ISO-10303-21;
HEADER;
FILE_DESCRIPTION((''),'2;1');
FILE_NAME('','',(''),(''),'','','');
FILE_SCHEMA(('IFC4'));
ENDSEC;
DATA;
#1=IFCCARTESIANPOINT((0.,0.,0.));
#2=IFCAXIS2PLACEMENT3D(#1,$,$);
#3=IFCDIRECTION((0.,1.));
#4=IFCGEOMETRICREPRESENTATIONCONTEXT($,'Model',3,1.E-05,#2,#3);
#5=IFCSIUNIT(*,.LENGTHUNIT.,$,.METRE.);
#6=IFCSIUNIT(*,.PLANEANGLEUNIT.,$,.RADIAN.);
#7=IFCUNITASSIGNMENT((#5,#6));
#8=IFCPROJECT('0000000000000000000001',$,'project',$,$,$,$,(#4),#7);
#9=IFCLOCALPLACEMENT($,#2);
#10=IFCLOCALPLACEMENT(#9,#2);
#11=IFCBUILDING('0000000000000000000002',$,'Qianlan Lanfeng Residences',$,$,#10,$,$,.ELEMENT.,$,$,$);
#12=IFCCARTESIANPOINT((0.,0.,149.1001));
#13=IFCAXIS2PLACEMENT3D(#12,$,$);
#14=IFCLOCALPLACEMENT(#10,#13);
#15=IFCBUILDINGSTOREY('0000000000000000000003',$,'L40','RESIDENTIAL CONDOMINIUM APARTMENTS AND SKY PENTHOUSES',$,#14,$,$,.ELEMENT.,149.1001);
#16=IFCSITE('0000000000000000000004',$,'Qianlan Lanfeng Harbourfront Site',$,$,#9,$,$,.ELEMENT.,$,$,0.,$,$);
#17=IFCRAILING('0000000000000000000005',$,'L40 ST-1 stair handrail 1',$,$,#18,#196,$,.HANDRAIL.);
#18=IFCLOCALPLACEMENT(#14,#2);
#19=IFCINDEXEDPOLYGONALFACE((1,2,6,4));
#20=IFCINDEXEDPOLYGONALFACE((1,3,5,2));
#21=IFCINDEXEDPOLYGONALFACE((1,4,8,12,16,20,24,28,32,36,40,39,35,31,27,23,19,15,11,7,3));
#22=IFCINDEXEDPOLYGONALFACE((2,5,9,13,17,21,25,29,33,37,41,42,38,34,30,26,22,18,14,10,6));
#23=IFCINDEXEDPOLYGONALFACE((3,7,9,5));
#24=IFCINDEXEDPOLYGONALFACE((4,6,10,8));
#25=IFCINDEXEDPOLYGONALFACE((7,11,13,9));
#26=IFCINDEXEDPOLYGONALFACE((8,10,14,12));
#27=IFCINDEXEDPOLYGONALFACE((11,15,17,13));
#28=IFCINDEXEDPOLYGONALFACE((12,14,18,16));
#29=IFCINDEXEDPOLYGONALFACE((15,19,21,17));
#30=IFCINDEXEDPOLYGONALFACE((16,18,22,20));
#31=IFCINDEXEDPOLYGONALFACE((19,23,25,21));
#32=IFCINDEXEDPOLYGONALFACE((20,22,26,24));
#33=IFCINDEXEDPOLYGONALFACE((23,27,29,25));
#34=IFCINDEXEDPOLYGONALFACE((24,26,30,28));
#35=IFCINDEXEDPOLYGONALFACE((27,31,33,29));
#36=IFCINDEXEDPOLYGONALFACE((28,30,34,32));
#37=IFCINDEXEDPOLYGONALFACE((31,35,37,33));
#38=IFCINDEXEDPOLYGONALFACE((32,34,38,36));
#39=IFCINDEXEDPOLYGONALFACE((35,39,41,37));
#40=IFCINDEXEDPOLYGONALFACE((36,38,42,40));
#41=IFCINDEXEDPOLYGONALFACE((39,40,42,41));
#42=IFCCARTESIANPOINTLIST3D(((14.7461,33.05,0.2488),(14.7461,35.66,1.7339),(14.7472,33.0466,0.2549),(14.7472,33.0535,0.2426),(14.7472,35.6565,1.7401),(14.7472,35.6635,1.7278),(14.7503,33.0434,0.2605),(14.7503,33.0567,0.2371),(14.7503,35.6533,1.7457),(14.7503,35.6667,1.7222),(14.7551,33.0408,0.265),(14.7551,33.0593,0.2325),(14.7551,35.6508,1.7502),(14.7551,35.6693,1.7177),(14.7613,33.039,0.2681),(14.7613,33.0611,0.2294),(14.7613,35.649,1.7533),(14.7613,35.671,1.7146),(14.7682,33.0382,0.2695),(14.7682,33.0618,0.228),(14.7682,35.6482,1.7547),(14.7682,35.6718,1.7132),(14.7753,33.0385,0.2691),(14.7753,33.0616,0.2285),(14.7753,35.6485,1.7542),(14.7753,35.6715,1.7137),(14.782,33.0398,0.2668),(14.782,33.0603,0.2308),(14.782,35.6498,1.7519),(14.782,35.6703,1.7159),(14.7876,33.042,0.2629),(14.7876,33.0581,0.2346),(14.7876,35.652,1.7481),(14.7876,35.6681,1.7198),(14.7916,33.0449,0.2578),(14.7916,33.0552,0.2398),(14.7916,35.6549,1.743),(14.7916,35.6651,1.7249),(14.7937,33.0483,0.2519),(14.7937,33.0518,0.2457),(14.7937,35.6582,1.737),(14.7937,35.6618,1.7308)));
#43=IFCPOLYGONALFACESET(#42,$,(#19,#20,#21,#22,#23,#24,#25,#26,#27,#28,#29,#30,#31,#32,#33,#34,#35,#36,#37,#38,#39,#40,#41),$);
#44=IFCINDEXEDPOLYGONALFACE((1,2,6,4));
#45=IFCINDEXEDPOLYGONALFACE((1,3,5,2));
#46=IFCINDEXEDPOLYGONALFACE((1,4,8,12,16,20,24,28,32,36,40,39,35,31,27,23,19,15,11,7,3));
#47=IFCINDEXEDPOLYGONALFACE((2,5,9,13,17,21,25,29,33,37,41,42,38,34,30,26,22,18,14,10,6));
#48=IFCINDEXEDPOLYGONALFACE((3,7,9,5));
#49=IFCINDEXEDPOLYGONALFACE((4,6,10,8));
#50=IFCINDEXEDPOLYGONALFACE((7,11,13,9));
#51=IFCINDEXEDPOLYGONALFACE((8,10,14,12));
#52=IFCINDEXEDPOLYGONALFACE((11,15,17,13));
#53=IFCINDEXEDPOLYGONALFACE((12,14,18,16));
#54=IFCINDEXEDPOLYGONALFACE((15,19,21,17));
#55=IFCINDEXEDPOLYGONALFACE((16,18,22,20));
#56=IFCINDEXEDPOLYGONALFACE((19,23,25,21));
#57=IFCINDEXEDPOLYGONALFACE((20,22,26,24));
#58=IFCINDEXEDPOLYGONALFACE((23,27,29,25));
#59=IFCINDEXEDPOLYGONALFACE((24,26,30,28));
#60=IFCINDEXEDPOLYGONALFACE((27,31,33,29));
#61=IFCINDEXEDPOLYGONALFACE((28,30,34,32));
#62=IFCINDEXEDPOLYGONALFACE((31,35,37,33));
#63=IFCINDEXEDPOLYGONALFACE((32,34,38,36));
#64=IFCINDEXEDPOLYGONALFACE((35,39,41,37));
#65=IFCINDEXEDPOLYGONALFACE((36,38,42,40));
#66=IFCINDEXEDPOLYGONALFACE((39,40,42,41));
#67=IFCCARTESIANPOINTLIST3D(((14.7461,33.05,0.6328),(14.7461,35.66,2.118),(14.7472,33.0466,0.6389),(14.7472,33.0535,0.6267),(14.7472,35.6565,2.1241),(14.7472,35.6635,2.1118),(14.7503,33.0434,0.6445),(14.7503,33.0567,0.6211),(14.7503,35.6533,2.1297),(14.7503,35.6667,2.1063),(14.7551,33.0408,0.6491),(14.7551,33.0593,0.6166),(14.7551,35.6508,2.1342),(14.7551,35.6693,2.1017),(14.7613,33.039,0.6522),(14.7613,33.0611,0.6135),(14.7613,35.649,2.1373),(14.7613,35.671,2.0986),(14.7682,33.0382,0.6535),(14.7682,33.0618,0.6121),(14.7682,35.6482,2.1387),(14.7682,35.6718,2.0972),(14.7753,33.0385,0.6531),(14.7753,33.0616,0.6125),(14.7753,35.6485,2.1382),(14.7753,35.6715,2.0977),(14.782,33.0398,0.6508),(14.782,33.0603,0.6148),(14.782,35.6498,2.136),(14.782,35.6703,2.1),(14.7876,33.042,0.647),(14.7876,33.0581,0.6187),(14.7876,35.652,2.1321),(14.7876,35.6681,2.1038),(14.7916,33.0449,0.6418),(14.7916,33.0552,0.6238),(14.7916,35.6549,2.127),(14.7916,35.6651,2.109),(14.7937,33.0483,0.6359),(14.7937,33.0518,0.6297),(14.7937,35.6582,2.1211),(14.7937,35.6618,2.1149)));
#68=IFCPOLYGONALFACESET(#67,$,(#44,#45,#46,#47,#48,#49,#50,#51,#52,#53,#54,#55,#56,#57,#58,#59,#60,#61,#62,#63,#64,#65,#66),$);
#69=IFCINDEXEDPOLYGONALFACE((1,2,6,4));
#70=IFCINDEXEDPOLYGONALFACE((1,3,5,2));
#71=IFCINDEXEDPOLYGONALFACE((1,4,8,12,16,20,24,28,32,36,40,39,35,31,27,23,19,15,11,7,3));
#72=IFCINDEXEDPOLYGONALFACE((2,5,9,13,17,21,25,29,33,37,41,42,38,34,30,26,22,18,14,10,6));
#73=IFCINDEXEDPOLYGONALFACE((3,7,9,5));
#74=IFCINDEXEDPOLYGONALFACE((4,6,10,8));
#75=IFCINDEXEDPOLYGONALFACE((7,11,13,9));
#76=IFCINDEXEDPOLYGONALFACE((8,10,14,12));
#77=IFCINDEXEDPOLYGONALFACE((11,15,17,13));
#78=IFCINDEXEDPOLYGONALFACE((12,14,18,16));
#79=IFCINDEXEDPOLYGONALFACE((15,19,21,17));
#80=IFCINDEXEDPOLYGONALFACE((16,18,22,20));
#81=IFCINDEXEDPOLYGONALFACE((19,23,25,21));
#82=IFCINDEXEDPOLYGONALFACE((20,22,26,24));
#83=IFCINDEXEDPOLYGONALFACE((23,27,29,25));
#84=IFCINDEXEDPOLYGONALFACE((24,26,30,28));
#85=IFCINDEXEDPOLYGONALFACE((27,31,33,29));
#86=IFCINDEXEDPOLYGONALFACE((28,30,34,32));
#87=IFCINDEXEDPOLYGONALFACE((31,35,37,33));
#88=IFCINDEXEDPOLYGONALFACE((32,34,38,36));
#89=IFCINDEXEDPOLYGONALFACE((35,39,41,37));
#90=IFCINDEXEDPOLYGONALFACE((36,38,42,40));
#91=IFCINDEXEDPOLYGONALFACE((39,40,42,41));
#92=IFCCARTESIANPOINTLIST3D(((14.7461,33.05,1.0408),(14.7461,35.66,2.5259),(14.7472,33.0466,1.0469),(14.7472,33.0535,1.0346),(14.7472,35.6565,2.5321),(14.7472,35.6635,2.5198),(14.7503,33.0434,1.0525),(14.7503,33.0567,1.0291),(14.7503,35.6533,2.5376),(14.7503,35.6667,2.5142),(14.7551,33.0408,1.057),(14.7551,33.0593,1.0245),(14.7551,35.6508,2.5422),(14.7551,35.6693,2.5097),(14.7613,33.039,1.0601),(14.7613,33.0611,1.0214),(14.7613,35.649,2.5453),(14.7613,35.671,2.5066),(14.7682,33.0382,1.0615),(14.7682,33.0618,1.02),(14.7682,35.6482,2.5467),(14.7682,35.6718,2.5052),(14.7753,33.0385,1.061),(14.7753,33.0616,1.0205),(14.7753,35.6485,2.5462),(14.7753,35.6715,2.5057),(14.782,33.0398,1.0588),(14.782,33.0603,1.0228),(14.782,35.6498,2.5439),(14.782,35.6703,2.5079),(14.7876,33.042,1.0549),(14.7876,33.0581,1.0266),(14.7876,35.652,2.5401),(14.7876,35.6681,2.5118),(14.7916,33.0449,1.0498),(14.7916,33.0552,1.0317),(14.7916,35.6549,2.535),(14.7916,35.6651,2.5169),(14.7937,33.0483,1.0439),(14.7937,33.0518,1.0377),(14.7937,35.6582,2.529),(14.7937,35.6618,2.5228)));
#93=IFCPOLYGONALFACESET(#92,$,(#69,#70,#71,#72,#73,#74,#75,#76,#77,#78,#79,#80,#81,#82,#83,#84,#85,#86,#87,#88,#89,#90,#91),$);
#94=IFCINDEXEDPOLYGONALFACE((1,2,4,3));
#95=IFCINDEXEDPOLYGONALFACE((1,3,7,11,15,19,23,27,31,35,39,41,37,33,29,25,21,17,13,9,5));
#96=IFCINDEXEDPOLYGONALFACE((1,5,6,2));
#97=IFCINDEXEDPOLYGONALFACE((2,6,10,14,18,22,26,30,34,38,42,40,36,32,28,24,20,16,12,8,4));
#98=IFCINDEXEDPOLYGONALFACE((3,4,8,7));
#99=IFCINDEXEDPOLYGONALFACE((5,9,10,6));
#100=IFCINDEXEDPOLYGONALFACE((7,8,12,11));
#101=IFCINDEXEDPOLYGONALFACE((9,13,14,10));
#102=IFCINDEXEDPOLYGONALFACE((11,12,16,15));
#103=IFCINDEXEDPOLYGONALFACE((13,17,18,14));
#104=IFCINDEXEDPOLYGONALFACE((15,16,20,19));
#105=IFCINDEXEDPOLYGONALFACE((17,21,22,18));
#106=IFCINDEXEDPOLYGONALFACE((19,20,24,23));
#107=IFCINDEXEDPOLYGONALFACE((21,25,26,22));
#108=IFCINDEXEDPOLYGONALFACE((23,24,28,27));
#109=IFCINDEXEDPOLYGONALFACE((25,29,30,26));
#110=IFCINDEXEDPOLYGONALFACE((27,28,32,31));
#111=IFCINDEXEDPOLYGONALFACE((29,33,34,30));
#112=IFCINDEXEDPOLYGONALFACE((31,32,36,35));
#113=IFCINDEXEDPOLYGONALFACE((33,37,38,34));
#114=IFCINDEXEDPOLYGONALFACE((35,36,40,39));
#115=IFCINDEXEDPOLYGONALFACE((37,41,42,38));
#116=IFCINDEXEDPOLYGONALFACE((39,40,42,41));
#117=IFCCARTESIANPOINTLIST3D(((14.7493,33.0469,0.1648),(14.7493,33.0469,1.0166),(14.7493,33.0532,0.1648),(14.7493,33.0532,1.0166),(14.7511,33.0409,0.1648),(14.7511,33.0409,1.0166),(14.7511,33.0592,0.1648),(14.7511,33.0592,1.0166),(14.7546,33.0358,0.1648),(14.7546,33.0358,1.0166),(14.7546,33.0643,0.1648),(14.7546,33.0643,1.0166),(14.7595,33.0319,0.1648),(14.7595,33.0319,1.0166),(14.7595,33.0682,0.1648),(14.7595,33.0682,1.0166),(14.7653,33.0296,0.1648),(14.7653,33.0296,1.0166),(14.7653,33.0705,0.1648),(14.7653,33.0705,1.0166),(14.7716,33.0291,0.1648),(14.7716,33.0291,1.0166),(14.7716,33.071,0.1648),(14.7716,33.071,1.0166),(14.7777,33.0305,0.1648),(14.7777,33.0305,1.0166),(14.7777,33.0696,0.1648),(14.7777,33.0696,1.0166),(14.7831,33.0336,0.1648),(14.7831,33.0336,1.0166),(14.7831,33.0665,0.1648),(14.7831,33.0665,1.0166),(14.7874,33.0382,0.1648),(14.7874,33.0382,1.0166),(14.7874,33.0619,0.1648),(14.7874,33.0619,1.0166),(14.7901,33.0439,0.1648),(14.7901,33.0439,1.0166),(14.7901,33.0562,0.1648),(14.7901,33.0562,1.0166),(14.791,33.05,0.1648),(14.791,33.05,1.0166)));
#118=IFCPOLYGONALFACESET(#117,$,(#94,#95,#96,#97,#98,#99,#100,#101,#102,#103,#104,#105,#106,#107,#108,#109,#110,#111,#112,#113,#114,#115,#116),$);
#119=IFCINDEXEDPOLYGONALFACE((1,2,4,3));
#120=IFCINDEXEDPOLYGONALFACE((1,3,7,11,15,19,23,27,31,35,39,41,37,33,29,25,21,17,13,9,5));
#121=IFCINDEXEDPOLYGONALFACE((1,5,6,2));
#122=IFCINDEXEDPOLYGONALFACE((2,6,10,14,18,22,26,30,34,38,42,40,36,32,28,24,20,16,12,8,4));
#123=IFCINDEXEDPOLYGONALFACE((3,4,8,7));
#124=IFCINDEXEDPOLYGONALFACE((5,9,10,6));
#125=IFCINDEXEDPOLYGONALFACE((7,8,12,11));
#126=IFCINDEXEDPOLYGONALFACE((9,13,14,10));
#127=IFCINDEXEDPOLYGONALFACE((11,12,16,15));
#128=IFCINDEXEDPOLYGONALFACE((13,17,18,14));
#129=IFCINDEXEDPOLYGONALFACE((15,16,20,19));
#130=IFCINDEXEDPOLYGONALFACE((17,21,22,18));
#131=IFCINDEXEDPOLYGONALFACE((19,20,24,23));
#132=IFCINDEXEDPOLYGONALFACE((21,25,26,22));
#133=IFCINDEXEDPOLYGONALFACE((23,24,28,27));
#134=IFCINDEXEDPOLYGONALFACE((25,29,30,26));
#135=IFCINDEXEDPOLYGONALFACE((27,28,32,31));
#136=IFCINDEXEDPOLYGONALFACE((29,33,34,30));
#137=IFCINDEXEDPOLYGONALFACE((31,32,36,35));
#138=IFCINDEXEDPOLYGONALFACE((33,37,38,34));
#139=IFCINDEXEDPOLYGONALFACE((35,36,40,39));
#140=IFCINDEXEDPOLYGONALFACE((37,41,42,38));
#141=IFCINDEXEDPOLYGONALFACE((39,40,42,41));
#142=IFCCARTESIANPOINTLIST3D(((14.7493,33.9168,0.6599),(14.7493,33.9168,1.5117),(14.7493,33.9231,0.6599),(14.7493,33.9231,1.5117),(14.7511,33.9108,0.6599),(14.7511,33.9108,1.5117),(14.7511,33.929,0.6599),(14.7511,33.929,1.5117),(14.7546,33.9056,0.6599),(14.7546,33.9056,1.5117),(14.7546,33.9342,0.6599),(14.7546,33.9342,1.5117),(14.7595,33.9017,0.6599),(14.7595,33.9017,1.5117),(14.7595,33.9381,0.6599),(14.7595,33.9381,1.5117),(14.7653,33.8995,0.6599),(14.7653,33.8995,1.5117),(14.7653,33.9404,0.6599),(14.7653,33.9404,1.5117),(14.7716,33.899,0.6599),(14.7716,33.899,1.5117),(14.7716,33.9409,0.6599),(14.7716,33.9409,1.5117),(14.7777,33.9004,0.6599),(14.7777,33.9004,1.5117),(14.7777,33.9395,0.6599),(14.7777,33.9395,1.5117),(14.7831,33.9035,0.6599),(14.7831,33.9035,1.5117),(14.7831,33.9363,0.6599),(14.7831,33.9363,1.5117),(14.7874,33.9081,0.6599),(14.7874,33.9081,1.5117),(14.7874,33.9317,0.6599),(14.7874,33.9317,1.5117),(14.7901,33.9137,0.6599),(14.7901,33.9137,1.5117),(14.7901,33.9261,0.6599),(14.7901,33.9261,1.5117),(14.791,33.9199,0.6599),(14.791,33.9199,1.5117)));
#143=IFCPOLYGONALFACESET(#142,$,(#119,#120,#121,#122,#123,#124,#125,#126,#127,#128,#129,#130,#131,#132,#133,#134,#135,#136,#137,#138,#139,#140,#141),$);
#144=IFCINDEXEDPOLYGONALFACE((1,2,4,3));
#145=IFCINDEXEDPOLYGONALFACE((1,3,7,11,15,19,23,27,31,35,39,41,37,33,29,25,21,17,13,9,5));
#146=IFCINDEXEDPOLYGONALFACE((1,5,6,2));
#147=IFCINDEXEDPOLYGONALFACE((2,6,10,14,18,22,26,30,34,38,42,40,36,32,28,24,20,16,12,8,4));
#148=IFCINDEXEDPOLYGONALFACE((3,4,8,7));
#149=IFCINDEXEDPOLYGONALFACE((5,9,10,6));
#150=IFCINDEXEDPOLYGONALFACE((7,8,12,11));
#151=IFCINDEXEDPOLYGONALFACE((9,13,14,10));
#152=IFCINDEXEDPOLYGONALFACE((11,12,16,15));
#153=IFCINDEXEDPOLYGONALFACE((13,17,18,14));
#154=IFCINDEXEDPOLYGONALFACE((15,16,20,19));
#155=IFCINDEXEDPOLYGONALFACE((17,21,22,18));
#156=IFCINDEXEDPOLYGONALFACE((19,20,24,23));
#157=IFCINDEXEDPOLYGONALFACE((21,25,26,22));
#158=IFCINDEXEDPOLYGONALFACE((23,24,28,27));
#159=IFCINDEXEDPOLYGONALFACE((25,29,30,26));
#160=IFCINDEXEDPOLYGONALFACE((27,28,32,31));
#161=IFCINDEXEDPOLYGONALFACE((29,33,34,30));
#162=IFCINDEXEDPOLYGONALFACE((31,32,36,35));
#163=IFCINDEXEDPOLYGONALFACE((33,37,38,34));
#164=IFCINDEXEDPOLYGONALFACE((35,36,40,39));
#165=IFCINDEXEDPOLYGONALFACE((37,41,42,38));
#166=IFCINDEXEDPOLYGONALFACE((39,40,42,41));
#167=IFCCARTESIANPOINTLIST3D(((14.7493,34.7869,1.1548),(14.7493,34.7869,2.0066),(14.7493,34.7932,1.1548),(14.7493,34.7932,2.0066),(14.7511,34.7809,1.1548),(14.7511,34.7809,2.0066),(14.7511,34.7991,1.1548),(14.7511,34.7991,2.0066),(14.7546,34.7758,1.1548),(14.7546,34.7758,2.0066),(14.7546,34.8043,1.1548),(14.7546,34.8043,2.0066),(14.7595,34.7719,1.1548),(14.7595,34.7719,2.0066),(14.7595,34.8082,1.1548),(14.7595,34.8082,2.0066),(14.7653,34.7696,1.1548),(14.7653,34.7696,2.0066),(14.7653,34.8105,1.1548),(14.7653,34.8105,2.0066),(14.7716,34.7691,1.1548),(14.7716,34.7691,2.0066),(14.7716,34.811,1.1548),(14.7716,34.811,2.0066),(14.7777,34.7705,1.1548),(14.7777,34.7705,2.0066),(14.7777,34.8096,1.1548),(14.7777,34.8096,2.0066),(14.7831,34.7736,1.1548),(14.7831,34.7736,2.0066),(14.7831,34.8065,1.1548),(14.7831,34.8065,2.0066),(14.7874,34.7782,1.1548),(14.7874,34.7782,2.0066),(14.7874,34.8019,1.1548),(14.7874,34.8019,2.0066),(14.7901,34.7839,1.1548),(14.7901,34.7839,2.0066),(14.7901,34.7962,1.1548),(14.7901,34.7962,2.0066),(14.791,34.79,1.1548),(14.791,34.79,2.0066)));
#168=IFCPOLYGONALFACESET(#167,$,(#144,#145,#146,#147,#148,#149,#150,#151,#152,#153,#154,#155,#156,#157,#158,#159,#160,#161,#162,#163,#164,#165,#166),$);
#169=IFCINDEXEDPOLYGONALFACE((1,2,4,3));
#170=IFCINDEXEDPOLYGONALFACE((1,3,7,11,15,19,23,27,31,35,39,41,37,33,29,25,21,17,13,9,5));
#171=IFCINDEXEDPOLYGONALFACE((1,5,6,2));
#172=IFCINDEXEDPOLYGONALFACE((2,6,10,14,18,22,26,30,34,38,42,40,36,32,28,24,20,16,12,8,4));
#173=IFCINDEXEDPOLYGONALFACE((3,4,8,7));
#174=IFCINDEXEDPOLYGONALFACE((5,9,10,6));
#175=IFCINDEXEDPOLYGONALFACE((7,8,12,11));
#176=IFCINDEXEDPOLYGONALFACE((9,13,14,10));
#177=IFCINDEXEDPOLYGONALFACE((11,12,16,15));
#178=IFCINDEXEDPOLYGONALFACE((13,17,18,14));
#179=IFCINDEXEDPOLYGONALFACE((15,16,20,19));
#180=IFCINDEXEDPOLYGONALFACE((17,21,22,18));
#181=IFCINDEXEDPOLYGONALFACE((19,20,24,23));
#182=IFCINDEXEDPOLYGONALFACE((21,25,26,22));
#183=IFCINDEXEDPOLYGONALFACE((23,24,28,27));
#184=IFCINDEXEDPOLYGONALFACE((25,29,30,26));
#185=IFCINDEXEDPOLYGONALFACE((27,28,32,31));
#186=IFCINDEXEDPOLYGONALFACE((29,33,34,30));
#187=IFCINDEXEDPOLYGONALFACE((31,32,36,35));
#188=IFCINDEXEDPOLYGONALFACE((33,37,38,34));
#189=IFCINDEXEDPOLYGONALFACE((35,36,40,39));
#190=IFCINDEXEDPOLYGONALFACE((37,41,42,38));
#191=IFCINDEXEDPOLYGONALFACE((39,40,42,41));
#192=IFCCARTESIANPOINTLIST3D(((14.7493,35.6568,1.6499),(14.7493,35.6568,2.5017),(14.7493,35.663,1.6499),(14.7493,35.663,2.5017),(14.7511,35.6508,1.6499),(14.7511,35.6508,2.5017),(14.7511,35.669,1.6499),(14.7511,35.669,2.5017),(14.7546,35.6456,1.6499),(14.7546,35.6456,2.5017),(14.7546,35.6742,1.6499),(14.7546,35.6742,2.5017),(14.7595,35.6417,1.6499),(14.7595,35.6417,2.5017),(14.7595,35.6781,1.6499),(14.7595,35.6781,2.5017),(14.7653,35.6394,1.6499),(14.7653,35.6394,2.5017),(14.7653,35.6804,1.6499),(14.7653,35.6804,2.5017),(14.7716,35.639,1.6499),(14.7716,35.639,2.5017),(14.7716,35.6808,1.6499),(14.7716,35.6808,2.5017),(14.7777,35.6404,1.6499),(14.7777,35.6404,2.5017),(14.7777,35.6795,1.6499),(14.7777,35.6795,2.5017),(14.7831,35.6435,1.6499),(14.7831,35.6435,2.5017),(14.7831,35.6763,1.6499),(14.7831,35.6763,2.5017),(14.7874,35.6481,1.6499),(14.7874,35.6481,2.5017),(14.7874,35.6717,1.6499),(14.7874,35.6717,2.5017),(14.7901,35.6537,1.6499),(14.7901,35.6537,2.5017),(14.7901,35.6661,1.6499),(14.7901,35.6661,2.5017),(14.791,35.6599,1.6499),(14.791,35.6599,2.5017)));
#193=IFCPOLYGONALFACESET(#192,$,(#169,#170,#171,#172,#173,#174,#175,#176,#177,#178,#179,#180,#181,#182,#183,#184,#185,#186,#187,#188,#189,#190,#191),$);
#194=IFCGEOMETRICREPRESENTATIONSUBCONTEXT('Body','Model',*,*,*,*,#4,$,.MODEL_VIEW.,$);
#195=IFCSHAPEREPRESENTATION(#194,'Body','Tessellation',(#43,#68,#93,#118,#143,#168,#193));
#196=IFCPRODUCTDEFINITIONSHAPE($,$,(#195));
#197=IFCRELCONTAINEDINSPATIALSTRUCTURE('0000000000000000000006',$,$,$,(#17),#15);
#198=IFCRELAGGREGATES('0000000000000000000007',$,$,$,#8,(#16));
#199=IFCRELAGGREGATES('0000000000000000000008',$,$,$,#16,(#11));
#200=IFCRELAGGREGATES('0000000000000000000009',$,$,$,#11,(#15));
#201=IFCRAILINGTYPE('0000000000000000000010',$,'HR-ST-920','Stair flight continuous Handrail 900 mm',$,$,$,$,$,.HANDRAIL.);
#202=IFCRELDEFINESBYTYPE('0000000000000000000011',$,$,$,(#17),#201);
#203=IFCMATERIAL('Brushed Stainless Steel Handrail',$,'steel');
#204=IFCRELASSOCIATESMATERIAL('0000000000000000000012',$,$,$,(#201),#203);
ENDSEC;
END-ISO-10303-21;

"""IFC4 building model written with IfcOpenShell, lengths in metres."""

from ifc_helpers import new_model, si_unit, direction, frame, origin, origin_2d, place, context, subcontext, project, spatial, circle, extrude, material, type_object, element, save


model = new_model("IFC4")

# Units and contexts
model_context = context("Model", 3, precision=1e-05, world=origin(), true_north=direction((0.0, 1.0)))
body_context = subcontext(model_context, "Body", "Model", "MODEL_VIEW")
ifc_project = project(units=[si_unit("LENGTHUNIT", "METRE"), si_unit("PLANEANGLEUNIT", "RADIAN")], contexts=[model_context])

# Site, building, storey
site_placement = place(None, origin())
site = spatial("IfcSite", under=ifc_project, at=site_placement, Name="Qianlan Lanfeng Harbourfront Site", CompositionType="ELEMENT", RefElevation=0.0)
building_placement = place(site_placement, origin())
building = spatial("IfcBuilding", under=site, at=building_placement, Name="Qianlan Lanfeng Residences", CompositionType="ELEMENT")
storey_placement = place(building_placement, frame((0.0, 0.0, 149.1001)))
storey = spatial("IfcBuildingStorey", under=building, at=storey_placement, Name="L40", Description="RESIDENTIAL CONDOMINIUM APARTMENTS AND SKY PENTHOUSES", CompositionType="ELEMENT", Elevation=149.1001)

# Railing
ifc_material_1 = material(Name="Brushed Stainless Steel Handrail", Category="steel")
railing_type_1 = type_object("IfcRailingType", Name="HR-ST-920", Description="Stair flight continuous Handrail 900 mm", PredefinedType="HANDRAIL", material=ifc_material_1)
railing_1_placement = place(storey_placement, frame((14.77, 33.05, 0.1648)))
element("IfcRailing", 1, at=railing_1_placement, inside=storey, type_object=railing_type_1, Name="L40 ST-1 stair handrail 1", PredefinedType="HANDRAIL", context=body_context, shape_type="SweptSolid", body=[
    extrude(circle(Radius=0.0239, at=origin_2d()), frame((0.0, 0.0, 0.084), z_axis=(0.0, 0.869137, 0.494571), x_axis=(-1.0, 0.0, 0.0)), (0.0, 0.0, 1.0), 3.0029),
    extrude(circle(Radius=0.0239, at=origin_2d()), frame((0.0, 0.0, 0.468), z_axis=(0.0, 0.869137, 0.494571), x_axis=(-1.0, 0.0, 0.0)), (0.0, 0.0, 1.0), 3.0029),
    extrude(circle(Radius=0.0239, at=origin_2d()), frame((0.0, 0.0, 0.876), z_axis=(0.0, 0.869137, 0.494571), x_axis=(-1.0, 0.0, 0.0)), (0.0, 0.0, 1.0), 3.0029),
    extrude(circle(Radius=0.021, at=origin_2d()), origin(), (0.0, 0.0, 1.0), 0.8518),
    extrude(circle(Radius=0.021, at=origin_2d()), frame((0.0, 0.8699, 0.4951)), (0.0, 0.0, 1.0), 0.8518),
    extrude(circle(Radius=0.021, at=origin_2d()), frame((0.0, 1.74, 0.99)), (0.0, 0.0, 1.0), 0.8518),
    extrude(circle(Radius=0.021, at=origin_2d()), frame((0.0, 2.6099, 1.4851)), (0.0, 0.0, 1.0), 0.8518),
])

save(model, "model.ifc")
